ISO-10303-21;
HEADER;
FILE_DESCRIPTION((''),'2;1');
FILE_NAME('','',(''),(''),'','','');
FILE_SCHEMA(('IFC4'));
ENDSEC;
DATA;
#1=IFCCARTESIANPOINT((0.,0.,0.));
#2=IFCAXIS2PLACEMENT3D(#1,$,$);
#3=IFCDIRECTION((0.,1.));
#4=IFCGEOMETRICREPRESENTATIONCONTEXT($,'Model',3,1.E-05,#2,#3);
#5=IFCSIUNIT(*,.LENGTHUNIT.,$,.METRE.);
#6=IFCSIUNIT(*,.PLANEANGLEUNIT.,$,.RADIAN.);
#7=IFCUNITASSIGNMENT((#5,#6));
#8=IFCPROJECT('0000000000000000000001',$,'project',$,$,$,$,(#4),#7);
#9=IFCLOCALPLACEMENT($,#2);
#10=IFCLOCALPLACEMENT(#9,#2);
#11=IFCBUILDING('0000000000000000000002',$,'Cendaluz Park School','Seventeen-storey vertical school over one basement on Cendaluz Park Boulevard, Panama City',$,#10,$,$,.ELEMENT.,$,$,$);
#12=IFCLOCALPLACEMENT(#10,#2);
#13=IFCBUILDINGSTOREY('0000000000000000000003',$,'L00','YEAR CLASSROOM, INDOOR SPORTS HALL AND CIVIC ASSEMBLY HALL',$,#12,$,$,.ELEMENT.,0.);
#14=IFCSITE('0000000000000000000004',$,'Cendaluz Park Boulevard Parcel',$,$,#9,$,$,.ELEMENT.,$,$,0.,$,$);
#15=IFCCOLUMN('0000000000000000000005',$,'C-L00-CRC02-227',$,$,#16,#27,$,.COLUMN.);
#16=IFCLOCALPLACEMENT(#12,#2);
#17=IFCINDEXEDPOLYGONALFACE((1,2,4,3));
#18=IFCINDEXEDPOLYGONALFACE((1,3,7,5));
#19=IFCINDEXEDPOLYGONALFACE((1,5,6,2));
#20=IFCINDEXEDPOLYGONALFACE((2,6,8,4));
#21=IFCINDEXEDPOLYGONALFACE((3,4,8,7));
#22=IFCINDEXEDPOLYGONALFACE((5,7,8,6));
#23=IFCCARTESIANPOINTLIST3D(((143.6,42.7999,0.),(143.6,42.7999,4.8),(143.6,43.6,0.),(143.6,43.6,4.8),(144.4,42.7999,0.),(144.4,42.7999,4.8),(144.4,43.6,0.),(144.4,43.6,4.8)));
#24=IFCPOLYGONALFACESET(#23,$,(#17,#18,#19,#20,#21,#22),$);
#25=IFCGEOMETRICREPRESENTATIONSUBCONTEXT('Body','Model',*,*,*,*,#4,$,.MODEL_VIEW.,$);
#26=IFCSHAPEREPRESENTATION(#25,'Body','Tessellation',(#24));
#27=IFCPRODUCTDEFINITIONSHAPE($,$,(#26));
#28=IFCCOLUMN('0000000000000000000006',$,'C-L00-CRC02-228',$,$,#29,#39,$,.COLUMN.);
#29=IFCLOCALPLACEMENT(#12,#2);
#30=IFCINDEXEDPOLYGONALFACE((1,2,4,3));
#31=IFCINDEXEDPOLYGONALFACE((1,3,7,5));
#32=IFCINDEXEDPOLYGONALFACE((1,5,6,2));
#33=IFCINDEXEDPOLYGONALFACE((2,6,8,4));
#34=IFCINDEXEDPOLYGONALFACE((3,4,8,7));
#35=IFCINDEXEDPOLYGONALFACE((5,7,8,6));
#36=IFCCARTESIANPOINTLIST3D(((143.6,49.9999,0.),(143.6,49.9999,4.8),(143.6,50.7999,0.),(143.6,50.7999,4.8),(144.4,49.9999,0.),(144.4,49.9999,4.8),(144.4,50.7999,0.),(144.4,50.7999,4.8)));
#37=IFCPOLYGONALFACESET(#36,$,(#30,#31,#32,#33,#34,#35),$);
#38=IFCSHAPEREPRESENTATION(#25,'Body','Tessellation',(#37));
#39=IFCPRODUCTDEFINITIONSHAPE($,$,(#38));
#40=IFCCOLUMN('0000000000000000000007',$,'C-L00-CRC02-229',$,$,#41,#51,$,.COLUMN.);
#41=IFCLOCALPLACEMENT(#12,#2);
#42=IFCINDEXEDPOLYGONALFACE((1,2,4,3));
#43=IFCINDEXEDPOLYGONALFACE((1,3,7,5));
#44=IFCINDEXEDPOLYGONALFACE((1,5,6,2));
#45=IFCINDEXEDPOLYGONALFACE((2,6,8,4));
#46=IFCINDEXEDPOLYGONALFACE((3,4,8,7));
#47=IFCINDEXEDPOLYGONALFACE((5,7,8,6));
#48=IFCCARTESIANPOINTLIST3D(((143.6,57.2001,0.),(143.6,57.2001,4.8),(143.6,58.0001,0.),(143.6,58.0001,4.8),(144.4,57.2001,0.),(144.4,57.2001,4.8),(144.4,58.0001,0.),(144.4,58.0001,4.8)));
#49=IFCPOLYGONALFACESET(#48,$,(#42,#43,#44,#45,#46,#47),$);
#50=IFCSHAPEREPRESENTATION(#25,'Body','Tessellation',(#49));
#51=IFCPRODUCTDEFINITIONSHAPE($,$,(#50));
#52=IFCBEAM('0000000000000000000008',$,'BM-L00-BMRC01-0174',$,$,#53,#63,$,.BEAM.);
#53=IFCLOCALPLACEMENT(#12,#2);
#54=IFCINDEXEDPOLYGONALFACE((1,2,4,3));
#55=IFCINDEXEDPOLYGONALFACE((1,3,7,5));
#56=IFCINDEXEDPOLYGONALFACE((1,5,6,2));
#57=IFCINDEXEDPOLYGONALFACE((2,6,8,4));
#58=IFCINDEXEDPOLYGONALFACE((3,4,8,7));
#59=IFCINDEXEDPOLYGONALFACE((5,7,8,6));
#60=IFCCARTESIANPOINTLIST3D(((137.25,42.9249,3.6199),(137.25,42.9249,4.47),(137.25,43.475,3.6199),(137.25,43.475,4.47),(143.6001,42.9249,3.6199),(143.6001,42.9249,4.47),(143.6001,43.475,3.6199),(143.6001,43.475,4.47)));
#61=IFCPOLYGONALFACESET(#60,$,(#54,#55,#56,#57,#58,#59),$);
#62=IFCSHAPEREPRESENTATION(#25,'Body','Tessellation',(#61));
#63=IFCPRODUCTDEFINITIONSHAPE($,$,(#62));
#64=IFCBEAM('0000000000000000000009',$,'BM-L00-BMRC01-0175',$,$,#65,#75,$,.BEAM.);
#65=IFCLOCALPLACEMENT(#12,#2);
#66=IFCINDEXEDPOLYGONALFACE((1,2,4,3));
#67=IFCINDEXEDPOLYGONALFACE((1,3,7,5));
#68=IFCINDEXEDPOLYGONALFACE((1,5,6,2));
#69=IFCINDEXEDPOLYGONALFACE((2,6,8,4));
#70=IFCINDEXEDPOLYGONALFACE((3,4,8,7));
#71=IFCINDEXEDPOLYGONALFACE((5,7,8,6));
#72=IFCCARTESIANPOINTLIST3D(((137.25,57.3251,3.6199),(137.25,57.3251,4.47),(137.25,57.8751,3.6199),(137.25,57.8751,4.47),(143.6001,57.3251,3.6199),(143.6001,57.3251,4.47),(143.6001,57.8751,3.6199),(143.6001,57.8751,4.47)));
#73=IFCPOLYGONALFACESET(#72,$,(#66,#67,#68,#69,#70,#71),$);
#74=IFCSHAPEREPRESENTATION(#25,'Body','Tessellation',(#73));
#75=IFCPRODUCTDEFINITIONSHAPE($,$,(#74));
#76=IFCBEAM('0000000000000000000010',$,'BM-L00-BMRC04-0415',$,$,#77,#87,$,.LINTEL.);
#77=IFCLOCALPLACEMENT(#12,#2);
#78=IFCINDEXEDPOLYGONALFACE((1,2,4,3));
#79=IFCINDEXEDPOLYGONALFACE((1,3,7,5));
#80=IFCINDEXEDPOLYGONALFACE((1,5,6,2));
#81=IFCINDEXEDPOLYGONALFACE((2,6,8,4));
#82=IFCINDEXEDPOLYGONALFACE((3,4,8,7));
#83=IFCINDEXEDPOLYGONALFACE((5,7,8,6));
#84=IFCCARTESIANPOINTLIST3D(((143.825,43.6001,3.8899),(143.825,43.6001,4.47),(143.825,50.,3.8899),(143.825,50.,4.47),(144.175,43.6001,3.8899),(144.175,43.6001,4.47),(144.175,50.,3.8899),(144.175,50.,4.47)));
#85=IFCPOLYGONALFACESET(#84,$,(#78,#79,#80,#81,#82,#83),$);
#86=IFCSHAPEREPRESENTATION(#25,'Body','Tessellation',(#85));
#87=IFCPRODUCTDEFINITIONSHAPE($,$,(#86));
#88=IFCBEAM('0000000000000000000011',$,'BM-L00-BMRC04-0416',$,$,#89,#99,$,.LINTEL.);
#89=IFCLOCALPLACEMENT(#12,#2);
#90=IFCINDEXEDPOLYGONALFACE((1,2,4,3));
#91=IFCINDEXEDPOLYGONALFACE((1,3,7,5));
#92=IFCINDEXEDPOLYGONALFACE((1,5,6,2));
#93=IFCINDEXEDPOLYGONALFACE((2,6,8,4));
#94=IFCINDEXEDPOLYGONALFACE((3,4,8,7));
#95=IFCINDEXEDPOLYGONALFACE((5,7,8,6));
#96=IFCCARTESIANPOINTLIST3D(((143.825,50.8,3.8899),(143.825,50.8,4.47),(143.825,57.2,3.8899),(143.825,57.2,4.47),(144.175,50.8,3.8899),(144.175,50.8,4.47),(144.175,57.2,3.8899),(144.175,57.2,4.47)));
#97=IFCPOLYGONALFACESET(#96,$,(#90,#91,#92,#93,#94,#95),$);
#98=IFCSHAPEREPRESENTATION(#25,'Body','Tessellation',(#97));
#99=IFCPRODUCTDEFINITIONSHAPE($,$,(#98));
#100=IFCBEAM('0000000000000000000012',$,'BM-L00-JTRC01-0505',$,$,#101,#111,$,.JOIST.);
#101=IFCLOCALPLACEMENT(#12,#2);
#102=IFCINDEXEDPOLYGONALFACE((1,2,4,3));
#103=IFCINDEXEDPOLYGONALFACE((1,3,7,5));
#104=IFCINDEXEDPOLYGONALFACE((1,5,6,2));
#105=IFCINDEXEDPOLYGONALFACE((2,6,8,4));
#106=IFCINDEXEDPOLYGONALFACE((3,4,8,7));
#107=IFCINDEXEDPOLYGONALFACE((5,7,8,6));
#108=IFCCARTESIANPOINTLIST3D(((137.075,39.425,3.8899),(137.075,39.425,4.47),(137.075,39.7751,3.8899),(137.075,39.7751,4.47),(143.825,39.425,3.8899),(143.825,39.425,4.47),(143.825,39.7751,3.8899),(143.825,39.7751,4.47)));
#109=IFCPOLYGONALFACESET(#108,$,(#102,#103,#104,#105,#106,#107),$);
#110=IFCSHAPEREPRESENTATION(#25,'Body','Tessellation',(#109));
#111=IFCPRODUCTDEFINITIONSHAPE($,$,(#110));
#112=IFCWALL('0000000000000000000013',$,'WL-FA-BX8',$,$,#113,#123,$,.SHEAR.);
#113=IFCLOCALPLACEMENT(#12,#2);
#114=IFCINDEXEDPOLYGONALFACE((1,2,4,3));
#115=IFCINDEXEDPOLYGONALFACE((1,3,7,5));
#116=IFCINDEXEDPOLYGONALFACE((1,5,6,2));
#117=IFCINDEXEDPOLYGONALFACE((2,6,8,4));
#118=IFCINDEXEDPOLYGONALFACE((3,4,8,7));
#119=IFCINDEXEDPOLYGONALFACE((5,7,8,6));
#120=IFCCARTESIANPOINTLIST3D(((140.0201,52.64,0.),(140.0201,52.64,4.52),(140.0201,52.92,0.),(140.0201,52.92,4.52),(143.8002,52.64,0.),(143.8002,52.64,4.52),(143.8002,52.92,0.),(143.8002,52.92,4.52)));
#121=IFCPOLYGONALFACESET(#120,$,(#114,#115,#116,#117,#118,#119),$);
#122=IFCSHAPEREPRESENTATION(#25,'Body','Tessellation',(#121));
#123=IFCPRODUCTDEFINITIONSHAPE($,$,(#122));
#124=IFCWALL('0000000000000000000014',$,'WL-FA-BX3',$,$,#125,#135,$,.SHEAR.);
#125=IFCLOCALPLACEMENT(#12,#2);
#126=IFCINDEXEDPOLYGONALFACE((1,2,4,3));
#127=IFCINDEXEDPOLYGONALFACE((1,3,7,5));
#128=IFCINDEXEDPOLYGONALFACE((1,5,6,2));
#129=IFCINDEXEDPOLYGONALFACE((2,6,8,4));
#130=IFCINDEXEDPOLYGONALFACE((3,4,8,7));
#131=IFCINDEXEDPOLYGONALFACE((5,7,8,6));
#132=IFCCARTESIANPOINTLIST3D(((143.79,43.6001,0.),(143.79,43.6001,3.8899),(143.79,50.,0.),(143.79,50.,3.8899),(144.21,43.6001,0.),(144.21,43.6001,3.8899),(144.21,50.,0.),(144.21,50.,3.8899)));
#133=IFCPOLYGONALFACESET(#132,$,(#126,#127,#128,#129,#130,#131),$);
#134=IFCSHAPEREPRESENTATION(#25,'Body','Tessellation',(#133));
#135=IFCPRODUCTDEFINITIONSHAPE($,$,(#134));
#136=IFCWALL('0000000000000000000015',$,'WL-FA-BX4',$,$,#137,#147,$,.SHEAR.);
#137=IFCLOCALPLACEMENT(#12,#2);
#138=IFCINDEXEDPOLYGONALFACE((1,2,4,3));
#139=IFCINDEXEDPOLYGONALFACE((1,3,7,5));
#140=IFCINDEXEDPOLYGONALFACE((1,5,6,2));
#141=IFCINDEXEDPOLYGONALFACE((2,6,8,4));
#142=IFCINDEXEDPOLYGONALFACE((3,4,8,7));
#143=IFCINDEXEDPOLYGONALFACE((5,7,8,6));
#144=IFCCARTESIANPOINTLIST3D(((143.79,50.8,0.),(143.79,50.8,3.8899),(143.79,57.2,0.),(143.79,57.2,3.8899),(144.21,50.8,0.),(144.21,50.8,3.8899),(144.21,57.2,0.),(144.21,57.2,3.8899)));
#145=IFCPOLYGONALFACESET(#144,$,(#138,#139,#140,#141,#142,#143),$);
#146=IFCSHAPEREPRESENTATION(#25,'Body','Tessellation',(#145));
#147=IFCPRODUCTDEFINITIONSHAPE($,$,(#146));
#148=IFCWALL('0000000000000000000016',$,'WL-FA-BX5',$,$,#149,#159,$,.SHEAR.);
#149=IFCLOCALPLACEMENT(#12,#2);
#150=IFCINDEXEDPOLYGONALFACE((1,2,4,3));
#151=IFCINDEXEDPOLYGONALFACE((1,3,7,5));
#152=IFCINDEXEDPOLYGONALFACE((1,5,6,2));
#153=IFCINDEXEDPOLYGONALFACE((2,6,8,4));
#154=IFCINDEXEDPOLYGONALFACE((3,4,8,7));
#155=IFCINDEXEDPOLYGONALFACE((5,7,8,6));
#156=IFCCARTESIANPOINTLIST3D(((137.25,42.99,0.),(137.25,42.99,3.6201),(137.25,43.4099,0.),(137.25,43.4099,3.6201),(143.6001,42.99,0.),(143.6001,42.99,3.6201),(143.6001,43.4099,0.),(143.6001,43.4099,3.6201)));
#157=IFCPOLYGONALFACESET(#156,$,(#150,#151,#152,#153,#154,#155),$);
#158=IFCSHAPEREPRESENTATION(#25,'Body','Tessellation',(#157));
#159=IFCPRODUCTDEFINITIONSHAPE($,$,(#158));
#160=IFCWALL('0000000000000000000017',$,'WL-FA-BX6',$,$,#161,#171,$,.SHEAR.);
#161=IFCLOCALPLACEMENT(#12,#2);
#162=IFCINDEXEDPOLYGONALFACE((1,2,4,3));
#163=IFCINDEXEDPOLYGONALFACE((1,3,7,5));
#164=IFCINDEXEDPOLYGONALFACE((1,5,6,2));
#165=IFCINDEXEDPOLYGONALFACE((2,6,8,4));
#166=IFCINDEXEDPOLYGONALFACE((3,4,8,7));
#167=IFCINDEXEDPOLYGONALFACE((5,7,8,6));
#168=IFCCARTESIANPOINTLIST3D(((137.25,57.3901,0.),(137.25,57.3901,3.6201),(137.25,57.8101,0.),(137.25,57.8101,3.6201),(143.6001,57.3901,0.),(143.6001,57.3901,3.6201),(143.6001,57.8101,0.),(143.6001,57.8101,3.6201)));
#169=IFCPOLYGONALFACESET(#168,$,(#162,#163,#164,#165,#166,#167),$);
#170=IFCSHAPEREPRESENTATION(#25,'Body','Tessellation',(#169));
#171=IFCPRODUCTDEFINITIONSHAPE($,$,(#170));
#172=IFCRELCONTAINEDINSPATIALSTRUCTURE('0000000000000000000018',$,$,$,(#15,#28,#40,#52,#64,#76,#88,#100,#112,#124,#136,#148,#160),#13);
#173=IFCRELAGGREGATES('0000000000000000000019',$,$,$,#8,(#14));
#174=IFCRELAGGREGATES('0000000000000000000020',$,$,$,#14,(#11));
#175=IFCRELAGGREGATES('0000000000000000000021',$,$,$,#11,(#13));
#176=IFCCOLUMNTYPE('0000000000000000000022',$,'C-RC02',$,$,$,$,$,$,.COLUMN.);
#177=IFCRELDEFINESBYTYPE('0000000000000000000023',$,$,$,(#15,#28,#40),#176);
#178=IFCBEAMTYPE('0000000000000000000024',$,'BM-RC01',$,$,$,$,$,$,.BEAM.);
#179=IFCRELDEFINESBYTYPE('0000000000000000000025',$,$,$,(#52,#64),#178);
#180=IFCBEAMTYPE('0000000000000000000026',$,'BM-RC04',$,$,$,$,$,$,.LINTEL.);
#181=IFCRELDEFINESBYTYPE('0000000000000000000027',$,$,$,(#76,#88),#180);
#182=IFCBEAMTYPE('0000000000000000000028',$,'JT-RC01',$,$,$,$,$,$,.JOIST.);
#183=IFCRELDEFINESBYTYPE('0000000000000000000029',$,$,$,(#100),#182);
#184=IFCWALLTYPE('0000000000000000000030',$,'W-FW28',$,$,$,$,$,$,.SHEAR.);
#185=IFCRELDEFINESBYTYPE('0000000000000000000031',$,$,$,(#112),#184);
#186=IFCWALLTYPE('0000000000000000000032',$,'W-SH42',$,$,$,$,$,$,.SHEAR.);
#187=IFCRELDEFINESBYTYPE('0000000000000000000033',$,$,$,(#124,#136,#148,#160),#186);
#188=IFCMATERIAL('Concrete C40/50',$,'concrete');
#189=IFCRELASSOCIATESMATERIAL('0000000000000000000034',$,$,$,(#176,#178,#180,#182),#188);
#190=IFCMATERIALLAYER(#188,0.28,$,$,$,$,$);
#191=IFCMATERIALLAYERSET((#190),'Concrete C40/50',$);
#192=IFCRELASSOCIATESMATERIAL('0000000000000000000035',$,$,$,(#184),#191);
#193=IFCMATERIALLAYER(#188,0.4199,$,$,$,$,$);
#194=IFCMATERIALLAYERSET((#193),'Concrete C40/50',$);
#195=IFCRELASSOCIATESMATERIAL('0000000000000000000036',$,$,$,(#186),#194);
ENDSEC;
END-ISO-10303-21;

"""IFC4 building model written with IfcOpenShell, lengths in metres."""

from ifc_helpers import new_model, si_unit, direction, frame, frame_2d, origin, origin_2d, place, context, subcontext, project, spatial, rectangle, extrude, material, layer, layer_set, material_profile, profile_set, type_object, element, save


model = new_model("IFC4")

# Units and contexts
model_context = context("Model", 3, precision=1e-05, world=origin(), true_north=direction((0.0, 1.0)))
body_context = subcontext(model_context, "Body", "Model", "MODEL_VIEW")
ifc_project = project(units=[si_unit("LENGTHUNIT", "METRE"), si_unit("PLANEANGLEUNIT", "RADIAN")], contexts=[model_context])

# Site, building, storey
site_placement = place(None, origin())
site = spatial("IfcSite", under=ifc_project, at=site_placement, Name="Cendaluz Park Boulevard Parcel", CompositionType="ELEMENT", RefElevation=0.0)
building_placement = place(site_placement, origin())
building = spatial("IfcBuilding", under=site, at=building_placement, Name="Cendaluz Park School", Description="Seventeen-storey vertical school over one basement on Cendaluz Park Boulevard, Panama City", CompositionType="ELEMENT")
storey_placement = place(building_placement, origin())
storey = spatial("IfcBuildingStorey", under=building, at=storey_placement, Name="L00", Description="YEAR CLASSROOM, INDOOR SPORTS HALL AND CIVIC ASSEMBLY HALL", CompositionType="ELEMENT", Elevation=0.0)

# Columns
ifc_material_1 = material(Name="Concrete C40/50", Category="concrete")
ifc_material_profile_1 = material_profile(ifc_material_1, rectangle(XDim=0.8, YDim=0.8, at=origin_2d()), Name="RC 800x800", Category="concrete")
ifc_profile_set_1 = profile_set([ifc_material_profile_1], Name="Concrete C40/50")
column_type = type_object("IfcColumnType", Name="C-RC02", PredefinedType="COLUMN", material=ifc_profile_set_1)
for number, where, z_axis, x_axis, name in (
    (1, (144.0, 43.2, 0.0), (0.0, 0.0, 1.0), (1.0, 0.0, 0.0), "C-L00-CRC02-227"),
    (2, (144.0, 50.3999, 0.0), (0.0, 0.0, 1.0), (1.0, 0.0, 0.0), "C-L00-CRC02-228"),
    (3, (144.0, 57.6001, 0.0), (0.0, 0.0, 1.0), (1.0, 0.0, 0.0), "C-L00-CRC02-229"),
):
    element("IfcColumn", number, at=place(storey_placement, frame(where, z_axis=z_axis, x_axis=x_axis)), inside=storey, type_object=column_type, Name=name, PredefinedType="COLUMN", context=body_context, shape_type="SweptSolid", body=[
        extrude(rectangle(XDim=0.8, YDim=0.8, at=origin_2d()), origin(), (0.0, 0.0, 1.0), 4.8),
    ])

# Beams
ifc_material_profile_2 = material_profile(ifc_material_1, rectangle(XDim=0.55, YDim=0.8501, at=origin_2d()), Name="RC 550x850", Category="concrete")
ifc_profile_set_2 = profile_set([ifc_material_profile_2], Name="Concrete C40/50")
beam_type_1 = type_object("IfcBeamType", Name="BM-RC01", PredefinedType="BEAM", material=ifc_profile_set_2)
for number, where, z_axis, x_axis, name in (
    (4, (137.25, 43.2, 4.0449), (1.0, 0.0, 0.0), (0.0, 1.0, 0.0), "BM-L00-BMRC01-0174"),
    (5, (137.25, 57.6001, 4.0449), (1.0, 0.0, 0.0), (0.0, 1.0, 0.0), "BM-L00-BMRC01-0175"),
):
    element("IfcBeam", number, at=place(storey_placement, frame(where, z_axis=z_axis, x_axis=x_axis)), inside=storey, type_object=beam_type_1, Name=name, PredefinedType="BEAM", context=body_context, shape_type="SweptSolid", body=[
        extrude(rectangle(XDim=0.55, YDim=0.8501, at=origin_2d()), origin(), (0.0, 0.0, 1.0), 6.3501),
    ])
ifc_material_profile_3 = material_profile(ifc_material_1, rectangle(XDim=0.3501, YDim=0.5801, at=origin_2d()), Name="RC 350x580", Category="concrete")
ifc_profile_set_3 = profile_set([ifc_material_profile_3], Name="Concrete C40/50")
beam_type_2 = type_object("IfcBeamType", Name="BM-RC04", PredefinedType="LINTEL", material=ifc_profile_set_3)
for number, where, z_axis, x_axis, name in (
    (6, (144.0, 43.6001, 4.1799), (0.0, 1.0, 0.0), (-1.0, 0.0, 0.0), "BM-L00-BMRC04-0415"),
    (7, (144.0, 50.8, 4.1799), (0.0, 1.0, 0.0), (-1.0, 0.0, 0.0), "BM-L00-BMRC04-0416"),
):
    element("IfcBeam", number, at=place(storey_placement, frame(where, z_axis=z_axis, x_axis=x_axis)), inside=storey, type_object=beam_type_2, Name=name, PredefinedType="LINTEL", context=body_context, shape_type="SweptSolid", body=[
        extrude(rectangle(XDim=0.3501, YDim=0.5801, at=origin_2d()), origin(), (0.0, 0.0, 1.0), 6.3999),
    ])
ifc_material_profile_4 = material_profile(ifc_material_1, rectangle(XDim=0.3501, YDim=0.5801, at=origin_2d()), Name="RC 350x580", Category="concrete")
ifc_profile_set_4 = profile_set([ifc_material_profile_4], Name="Concrete C40/50")
beam_type_3 = type_object("IfcBeamType", Name="JT-RC01", PredefinedType="JOIST", material=ifc_profile_set_4)
beam_placement = place(storey_placement, frame((137.075, 39.6001, 4.1799), z_axis=(1.0, 0.0, 0.0), x_axis=(0.0, 1.0, 0.0)))
element("IfcBeam", 8, at=beam_placement, inside=storey, type_object=beam_type_3, Name="BM-L00-JTRC01-0505", PredefinedType="JOIST", context=body_context, shape_type="SweptSolid", body=[
    extrude(rectangle(XDim=0.3501, YDim=0.5801, at=origin_2d()), origin(), (0.0, 0.0, 1.0), 6.75),
])

# Shared definitions
ifc_layer_1 = layer(ifc_material_1, 0.28)
ifc_layer_set_1 = layer_set([ifc_layer_1], Name="Concrete C40/50")
wall_type_1 = type_object("IfcWallType", Name="W-FW28", PredefinedType="SHEAR", material=ifc_layer_set_1)

# Wall
wall_1_placement = place(storey_placement, frame((140.02, 52.78, 0.0), z_axis=(0.0, 0.0, 1.0), x_axis=(1.0, 0.0, 0.0)))
element("IfcWall", 9, at=wall_1_placement, inside=storey, type_object=wall_type_1, Name="WL-FA-BX8", PredefinedType="SHEAR", context=body_context, shape_type="SweptSolid", body=[
    extrude(rectangle(XDim=3.78, YDim=0.28, at=frame_2d((1.8901, 0.0))), origin(), (0.0, 0.0, 1.0), 4.52),
])

# Walls
ifc_layer_2 = layer(ifc_material_1, 0.4199)
ifc_layer_set_2 = layer_set([ifc_layer_2], Name="Concrete C40/50")
wall_type_2 = type_object("IfcWallType", Name="W-SH42", PredefinedType="SHEAR", material=ifc_layer_set_2)
for number, where, z_axis, x_axis, name in (
    (10, (144.0, 43.6001, 0.0), (0.0, 0.0, 1.0), (0.0, 1.0, 0.0), "WL-FA-BX3"),
    (11, (144.0, 50.8, 0.0), (0.0, 0.0, 1.0), (0.0, 1.0, 0.0), "WL-FA-BX4"),
):
    element("IfcWall", number, at=place(storey_placement, frame(where, z_axis=z_axis, x_axis=x_axis)), inside=storey, type_object=wall_type_2, Name=name, PredefinedType="SHEAR", context=body_context, shape_type="SweptSolid", body=[
        extrude(rectangle(XDim=6.3999, YDim=0.4199, at=frame_2d((3.2, 0.0))), origin(), (0.0, 0.0, 1.0), 3.8899),
    ])
for number, where, z_axis, x_axis, name in (
    (12, (137.25, 43.2, 0.0), (0.0, 0.0, 1.0), (1.0, 0.0, 0.0), "WL-FA-BX5"),
    (13, (137.25, 57.6001, 0.0), (0.0, 0.0, 1.0), (1.0, 0.0, 0.0), "WL-FA-BX6"),
):
    element("IfcWall", number, at=place(storey_placement, frame(where, z_axis=z_axis, x_axis=x_axis)), inside=storey, type_object=wall_type_2, Name=name, PredefinedType="SHEAR", context=body_context, shape_type="SweptSolid", body=[
        extrude(rectangle(XDim=6.3501, YDim=0.4199, at=frame_2d((3.175, 0.0))), origin(), (0.0, 0.0, 1.0), 3.6201),
    ])

save(model, "model.ifc")
